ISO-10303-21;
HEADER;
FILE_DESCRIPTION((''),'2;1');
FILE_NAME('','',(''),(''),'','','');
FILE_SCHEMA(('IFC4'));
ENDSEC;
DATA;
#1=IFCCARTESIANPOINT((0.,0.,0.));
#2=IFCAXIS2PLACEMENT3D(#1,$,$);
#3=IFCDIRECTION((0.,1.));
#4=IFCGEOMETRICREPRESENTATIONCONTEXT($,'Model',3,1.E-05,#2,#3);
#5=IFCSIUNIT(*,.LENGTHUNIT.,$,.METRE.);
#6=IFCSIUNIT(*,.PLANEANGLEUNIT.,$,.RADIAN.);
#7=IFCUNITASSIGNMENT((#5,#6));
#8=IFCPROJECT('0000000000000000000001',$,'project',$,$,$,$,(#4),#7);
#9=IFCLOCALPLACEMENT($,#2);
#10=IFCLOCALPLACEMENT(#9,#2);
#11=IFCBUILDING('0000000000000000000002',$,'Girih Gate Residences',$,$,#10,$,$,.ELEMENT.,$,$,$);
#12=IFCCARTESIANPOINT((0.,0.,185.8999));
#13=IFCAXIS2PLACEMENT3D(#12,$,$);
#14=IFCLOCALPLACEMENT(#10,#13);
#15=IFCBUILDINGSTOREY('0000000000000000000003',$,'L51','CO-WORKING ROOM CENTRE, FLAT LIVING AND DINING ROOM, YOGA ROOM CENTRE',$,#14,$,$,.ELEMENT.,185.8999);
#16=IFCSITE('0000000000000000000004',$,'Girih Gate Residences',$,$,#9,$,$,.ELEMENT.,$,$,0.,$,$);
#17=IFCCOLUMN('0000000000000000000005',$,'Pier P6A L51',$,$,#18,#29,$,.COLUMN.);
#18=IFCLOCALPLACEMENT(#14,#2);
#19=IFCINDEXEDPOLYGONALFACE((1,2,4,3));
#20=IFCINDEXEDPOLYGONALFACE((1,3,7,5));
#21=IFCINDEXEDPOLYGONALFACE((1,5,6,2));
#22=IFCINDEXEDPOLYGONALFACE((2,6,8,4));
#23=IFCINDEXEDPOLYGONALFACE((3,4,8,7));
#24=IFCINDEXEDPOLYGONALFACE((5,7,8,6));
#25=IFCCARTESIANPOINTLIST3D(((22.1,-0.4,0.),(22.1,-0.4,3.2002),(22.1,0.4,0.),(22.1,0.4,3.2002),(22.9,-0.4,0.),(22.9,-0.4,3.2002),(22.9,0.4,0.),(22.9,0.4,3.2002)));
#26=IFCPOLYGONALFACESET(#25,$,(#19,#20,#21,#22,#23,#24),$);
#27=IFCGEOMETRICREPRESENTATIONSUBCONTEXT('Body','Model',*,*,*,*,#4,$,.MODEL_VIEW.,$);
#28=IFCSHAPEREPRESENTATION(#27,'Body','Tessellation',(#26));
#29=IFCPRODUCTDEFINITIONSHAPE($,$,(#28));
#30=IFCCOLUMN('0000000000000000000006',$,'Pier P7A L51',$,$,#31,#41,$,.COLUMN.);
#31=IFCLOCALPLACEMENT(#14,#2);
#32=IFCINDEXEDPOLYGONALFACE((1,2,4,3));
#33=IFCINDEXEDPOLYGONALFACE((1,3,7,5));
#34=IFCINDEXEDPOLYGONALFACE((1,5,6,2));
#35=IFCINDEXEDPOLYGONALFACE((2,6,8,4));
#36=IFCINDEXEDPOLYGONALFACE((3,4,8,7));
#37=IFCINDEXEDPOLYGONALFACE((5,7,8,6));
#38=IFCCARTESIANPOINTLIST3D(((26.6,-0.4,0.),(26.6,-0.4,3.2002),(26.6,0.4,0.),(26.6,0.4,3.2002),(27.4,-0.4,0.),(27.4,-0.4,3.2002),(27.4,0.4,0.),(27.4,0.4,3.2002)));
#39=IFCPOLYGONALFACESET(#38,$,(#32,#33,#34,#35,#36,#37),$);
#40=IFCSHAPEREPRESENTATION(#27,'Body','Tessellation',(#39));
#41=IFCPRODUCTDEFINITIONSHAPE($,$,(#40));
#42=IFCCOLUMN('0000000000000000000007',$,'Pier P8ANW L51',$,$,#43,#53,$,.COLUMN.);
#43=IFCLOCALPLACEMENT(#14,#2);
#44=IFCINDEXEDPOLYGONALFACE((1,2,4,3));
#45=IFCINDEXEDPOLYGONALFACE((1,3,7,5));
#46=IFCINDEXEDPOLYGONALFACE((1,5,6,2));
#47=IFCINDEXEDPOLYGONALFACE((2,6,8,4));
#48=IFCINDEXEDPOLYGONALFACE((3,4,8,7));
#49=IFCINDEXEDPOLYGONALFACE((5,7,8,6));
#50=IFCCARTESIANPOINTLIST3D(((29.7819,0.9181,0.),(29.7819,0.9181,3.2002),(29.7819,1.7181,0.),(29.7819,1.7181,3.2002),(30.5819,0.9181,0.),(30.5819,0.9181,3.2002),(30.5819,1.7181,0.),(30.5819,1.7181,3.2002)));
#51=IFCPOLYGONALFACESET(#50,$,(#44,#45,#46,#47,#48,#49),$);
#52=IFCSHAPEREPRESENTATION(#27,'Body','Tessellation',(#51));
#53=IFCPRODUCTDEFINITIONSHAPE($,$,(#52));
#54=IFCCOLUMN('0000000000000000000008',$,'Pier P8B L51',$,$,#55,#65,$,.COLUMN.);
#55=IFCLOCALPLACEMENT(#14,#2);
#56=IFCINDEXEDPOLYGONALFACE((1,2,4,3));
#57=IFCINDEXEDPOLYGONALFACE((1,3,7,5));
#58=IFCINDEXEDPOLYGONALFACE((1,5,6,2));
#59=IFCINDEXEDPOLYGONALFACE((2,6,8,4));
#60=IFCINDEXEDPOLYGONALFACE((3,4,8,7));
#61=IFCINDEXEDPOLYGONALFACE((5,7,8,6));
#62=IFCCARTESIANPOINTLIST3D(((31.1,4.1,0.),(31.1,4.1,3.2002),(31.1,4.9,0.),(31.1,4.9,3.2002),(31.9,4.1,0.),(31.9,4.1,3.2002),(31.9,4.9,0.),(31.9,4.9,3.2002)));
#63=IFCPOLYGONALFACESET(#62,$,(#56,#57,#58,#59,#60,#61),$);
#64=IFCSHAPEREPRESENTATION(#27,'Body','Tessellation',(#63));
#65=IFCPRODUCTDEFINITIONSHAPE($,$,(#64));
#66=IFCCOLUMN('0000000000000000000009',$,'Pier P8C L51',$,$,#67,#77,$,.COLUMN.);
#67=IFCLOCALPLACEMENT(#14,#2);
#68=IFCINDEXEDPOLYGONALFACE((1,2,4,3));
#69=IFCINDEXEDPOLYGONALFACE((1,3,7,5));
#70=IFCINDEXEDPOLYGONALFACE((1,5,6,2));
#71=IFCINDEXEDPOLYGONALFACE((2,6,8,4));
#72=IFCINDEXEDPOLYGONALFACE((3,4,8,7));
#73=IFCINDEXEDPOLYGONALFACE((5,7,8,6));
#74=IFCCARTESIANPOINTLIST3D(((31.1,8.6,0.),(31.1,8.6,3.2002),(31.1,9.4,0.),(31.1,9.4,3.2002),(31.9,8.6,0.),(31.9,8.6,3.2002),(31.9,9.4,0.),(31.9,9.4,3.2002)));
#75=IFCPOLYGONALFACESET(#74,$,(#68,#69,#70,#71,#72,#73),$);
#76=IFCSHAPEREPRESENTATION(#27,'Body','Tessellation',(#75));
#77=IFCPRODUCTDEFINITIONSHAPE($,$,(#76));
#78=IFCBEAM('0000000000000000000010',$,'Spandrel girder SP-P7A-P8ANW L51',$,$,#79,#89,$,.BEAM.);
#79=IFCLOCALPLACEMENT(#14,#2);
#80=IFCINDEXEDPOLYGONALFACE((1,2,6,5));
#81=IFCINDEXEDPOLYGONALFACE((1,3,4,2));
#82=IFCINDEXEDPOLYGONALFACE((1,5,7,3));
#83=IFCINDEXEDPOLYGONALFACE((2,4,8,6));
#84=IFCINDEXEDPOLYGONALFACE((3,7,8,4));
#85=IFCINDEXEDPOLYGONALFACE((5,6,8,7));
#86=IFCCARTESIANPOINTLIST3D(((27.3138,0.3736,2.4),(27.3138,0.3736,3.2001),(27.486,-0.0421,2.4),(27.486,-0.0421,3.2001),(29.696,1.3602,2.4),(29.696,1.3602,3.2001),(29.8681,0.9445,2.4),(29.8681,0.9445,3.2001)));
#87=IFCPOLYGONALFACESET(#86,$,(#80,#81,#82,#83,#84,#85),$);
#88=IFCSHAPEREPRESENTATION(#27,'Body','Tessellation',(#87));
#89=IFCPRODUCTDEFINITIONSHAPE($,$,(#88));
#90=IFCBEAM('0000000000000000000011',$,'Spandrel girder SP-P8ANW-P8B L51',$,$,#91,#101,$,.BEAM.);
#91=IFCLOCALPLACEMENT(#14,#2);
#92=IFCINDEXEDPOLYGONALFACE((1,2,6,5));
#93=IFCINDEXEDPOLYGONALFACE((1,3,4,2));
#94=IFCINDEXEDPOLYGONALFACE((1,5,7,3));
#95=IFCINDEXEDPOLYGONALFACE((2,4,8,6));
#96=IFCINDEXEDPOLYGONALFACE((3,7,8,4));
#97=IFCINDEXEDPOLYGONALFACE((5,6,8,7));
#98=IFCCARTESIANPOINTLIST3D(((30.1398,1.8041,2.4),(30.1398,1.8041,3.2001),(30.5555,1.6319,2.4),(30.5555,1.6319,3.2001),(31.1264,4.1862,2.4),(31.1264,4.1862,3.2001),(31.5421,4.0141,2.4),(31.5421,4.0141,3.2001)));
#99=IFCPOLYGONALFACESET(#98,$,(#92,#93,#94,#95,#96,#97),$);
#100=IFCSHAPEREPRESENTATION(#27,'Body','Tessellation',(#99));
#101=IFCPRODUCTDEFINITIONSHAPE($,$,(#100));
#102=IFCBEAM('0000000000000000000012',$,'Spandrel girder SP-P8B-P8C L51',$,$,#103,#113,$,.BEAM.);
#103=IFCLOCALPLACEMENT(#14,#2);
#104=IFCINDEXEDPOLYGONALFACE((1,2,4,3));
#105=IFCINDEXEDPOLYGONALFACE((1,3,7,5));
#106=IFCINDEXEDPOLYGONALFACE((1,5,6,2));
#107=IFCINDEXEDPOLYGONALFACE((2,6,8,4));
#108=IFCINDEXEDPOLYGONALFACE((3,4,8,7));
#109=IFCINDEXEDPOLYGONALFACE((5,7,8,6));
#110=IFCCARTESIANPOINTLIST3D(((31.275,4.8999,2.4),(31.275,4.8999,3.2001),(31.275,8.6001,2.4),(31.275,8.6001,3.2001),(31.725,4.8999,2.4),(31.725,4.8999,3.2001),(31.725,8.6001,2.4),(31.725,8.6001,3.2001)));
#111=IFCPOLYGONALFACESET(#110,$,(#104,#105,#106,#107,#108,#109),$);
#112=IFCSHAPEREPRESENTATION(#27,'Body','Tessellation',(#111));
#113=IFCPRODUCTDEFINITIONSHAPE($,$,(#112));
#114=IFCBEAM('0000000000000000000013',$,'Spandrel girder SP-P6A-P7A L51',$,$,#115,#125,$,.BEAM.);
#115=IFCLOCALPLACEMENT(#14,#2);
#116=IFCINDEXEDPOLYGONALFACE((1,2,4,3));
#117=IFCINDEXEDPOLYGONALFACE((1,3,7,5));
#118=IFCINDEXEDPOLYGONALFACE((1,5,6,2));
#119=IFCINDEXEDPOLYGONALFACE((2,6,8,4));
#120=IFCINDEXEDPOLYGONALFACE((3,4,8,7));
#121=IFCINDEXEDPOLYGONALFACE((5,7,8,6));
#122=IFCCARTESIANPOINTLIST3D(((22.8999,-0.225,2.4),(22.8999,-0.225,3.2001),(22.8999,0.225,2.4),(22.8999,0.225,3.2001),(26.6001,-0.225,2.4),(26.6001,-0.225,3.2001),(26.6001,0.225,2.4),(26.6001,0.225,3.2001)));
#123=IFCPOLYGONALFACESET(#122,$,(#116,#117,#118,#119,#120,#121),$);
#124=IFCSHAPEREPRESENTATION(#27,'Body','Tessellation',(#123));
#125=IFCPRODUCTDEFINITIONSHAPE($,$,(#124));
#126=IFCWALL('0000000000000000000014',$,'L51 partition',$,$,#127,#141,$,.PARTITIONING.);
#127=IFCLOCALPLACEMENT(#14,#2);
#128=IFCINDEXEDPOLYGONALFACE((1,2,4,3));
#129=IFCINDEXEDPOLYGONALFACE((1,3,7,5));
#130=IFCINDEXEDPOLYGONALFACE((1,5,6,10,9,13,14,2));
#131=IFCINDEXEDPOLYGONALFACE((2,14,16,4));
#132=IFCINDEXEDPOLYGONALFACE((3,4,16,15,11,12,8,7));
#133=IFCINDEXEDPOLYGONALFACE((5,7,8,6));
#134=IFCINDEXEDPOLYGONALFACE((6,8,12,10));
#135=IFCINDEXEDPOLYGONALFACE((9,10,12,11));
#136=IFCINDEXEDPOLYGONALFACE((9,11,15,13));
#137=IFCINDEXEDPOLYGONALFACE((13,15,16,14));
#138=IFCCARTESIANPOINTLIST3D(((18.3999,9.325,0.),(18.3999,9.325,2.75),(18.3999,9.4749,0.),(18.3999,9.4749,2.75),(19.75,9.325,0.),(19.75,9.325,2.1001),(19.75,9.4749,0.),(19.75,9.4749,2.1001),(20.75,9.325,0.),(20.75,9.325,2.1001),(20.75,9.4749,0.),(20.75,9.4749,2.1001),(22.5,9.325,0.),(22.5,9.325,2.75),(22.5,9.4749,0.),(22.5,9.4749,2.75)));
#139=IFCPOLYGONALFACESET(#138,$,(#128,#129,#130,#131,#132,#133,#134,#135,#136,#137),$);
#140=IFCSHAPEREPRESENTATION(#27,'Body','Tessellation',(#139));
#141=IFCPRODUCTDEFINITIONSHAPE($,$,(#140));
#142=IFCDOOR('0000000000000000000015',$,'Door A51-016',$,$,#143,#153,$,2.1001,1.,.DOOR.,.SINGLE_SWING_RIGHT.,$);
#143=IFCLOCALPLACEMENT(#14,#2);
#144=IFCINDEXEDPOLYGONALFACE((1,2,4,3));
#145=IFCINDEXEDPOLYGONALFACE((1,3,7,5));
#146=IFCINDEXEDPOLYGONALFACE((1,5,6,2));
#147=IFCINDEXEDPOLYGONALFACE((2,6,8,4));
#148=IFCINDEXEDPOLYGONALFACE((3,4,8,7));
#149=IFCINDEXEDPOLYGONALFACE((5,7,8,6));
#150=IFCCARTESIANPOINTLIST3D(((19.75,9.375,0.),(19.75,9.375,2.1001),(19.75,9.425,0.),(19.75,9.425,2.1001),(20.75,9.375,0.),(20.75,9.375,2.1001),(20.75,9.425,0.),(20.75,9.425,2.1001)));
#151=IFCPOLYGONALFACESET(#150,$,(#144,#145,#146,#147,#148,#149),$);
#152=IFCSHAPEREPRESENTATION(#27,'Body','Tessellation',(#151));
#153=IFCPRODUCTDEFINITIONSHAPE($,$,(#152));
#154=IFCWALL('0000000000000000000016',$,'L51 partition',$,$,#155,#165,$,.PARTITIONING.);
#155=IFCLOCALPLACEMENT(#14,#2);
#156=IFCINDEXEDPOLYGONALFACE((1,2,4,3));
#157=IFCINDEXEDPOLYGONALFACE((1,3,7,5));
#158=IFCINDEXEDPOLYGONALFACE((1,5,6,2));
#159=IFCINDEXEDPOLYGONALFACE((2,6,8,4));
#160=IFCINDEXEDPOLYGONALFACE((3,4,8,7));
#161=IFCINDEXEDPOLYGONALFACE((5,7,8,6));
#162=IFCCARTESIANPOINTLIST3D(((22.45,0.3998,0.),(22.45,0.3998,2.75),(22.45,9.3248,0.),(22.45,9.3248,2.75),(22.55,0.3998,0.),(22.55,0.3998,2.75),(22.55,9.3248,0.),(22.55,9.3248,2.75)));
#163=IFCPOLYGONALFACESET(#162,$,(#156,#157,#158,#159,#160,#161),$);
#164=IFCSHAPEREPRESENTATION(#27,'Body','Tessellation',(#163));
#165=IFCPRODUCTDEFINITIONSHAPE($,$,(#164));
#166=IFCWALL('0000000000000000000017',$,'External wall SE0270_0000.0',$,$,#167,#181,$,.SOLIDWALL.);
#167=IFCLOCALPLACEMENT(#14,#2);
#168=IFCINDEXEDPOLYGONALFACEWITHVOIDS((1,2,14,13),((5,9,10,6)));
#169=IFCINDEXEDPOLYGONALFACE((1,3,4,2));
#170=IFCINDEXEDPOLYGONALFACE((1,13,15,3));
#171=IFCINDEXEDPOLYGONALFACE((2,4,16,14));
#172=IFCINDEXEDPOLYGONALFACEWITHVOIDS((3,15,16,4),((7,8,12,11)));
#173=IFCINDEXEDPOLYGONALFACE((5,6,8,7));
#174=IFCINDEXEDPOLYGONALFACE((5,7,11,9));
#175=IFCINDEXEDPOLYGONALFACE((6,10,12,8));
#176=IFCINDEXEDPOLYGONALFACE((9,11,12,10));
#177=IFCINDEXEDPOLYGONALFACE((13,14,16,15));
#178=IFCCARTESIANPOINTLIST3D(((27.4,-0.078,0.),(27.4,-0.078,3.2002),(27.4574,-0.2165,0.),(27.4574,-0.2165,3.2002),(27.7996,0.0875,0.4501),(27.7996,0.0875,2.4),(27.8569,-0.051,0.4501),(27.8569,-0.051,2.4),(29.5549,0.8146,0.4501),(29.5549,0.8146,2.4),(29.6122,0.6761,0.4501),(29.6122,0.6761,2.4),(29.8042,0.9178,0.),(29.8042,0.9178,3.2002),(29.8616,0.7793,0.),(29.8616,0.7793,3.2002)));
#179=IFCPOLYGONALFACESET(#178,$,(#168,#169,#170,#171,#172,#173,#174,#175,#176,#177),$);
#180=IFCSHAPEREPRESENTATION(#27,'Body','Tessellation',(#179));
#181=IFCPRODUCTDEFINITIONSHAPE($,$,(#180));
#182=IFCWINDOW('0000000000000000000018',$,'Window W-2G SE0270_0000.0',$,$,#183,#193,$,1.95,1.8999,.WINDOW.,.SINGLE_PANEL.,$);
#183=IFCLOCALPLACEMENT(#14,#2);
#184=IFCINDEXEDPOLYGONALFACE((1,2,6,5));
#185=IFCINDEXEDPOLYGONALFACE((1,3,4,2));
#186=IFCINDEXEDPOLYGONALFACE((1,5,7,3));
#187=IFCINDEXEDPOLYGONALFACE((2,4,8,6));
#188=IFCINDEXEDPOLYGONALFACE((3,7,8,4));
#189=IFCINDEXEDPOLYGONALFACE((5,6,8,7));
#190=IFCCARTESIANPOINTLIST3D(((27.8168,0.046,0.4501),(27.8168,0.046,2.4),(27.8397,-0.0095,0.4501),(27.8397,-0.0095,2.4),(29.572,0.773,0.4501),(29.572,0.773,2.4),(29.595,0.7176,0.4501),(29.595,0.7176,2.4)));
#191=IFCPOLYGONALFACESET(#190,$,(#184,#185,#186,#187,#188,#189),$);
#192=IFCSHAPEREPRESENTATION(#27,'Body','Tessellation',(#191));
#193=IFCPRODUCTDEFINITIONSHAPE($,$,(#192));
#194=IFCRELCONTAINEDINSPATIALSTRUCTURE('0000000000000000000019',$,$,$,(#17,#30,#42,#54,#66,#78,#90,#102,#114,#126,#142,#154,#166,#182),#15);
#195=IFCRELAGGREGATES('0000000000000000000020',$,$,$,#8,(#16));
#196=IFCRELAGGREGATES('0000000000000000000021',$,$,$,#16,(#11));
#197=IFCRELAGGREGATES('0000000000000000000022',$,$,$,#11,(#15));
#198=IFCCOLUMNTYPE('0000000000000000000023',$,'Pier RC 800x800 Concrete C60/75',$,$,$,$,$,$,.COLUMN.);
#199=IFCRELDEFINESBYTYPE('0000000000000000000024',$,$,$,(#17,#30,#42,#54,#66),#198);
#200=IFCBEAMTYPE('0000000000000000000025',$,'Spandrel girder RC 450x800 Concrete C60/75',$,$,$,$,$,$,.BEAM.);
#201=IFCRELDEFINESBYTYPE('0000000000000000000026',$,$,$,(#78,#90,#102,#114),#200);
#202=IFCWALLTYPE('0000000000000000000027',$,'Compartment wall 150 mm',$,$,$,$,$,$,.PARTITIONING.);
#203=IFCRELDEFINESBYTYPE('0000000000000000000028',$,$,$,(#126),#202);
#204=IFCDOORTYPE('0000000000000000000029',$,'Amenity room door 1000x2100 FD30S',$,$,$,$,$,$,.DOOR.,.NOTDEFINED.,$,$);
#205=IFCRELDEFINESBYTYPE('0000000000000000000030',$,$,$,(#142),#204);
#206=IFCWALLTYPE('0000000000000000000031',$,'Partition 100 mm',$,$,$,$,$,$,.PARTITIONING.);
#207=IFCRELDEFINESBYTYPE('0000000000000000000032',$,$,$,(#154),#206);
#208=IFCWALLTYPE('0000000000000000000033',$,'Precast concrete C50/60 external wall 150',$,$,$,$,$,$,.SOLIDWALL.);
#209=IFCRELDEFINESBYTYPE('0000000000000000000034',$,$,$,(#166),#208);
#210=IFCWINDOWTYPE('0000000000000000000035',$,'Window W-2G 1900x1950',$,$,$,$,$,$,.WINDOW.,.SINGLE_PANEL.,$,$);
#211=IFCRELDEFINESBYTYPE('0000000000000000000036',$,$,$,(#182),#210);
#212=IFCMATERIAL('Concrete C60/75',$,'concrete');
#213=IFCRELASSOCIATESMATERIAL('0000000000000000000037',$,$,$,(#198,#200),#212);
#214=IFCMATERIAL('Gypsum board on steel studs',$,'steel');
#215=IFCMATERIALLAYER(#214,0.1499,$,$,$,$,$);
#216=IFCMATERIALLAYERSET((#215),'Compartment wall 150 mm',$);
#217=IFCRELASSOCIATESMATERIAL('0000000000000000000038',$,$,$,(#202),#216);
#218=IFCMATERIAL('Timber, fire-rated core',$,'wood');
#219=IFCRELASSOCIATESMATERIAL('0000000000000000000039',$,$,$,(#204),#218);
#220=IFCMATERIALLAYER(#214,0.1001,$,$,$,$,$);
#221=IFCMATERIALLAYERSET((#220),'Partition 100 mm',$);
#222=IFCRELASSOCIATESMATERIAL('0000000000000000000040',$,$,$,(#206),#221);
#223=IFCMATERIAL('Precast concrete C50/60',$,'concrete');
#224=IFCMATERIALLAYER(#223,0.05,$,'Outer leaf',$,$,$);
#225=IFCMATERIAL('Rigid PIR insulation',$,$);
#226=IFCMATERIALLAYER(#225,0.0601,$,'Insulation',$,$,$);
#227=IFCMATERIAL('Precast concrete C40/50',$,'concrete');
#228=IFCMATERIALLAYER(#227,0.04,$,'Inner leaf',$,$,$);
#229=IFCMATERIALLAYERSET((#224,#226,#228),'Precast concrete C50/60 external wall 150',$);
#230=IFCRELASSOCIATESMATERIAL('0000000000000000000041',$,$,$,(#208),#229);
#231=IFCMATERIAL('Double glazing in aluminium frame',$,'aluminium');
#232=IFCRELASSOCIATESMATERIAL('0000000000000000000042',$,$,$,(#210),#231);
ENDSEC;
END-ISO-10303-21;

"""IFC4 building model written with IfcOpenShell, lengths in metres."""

from ifc_helpers import new_model, si_unit, direction, frame, frame_2d, origin, origin_2d, place, context, subcontext, project, spatial, rectangle, extrude, material, layer, layer_set, material_profile, profile_set, type_object, element, fill, save


model = new_model("IFC4")

# Units and contexts
model_context = context("Model", 3, precision=1e-05, world=origin(), true_north=direction((0.0, 1.0)))
body_context = subcontext(model_context, "Body", "Model", "MODEL_VIEW")
ifc_project = project(units=[si_unit("LENGTHUNIT", "METRE"), si_unit("PLANEANGLEUNIT", "RADIAN")], contexts=[model_context])

# Site, building, storey
site_placement = place(None, origin())
site = spatial("IfcSite", under=ifc_project, at=site_placement, Name="Girih Gate Residences", CompositionType="ELEMENT", RefElevation=0.0)
building_placement = place(site_placement, origin())
building = spatial("IfcBuilding", under=site, at=building_placement, Name="Girih Gate Residences", CompositionType="ELEMENT")
storey_placement = place(building_placement, frame((0.0, 0.0, 185.8999)))
storey = spatial("IfcBuildingStorey", under=building, at=storey_placement, Name="L51", Description="CO-WORKING ROOM CENTRE, FLAT LIVING AND DINING ROOM, YOGA ROOM CENTRE", CompositionType="ELEMENT", Elevation=185.8999)

# Columns
ifc_material_1 = material(Name="Concrete C60/75", Category="concrete")
ifc_material_profile_1 = material_profile(ifc_material_1, rectangle(XDim=0.8, YDim=0.8, at=origin_2d()))
ifc_profile_set_1 = profile_set([ifc_material_profile_1], Name="Concrete C60/75")
column_type = type_object("IfcColumnType", Name="Pier RC 800x800 Concrete C60/75", PredefinedType="COLUMN", material=ifc_profile_set_1)
for number, where, z_axis, x_axis, name in (
    (1, (22.5, 0.0, 0.0), (0.0, 0.0, 1.0), (1.0, 0.0, 0.0), "Pier P6A L51"),
    (2, (27.0, 0.0, 0.0), (0.0, 0.0, 1.0), (1.0, 0.0, 0.0), "Pier P7A L51"),
    (3, (30.1819, 1.3181, 0.0), (0.0, 0.0, 1.0), (1.0, 0.0, 0.0), "Pier P8ANW L51"),
    (4, (31.5, 4.5, 0.0), (0.0, 0.0, 1.0), (1.0, 0.0, 0.0), "Pier P8B L51"),
    (5, (31.5, 9.0, 0.0), (0.0, 0.0, 1.0), (1.0, 0.0, 0.0), "Pier P8C L51"),
):
    element("IfcColumn", number, at=place(storey_placement, frame(where, z_axis=z_axis, x_axis=x_axis)), inside=storey, type_object=column_type, Name=name, PredefinedType="COLUMN", context=body_context, shape_type="SweptSolid", body=[
        extrude(rectangle(XDim=0.8, YDim=0.8, at=origin_2d()), origin(), (0.0, 0.0, 1.0), 3.2002),
    ])

# Beams
ifc_material_profile_2 = material_profile(ifc_material_1, rectangle(XDim=0.45, YDim=0.8, at=origin_2d()))
ifc_profile_set_2 = profile_set([ifc_material_profile_2], Name="Concrete C60/75")
beam_type = type_object("IfcBeamType", Name="Spandrel girder RC 450x800 Concrete C60/75", PredefinedType="BEAM", material=ifc_profile_set_2)
for number, where, z_axis, x_axis, name in (
    (6, (27.3999, 0.1658, 2.8), (0.923896, 0.382644, 0.0), (-0.382644, 0.923896, 0.0), "Spandrel girder SP-P7A-P8ANW L51"),
    (7, (30.3477, 1.718, 2.8), (0.382644, 0.923896, 0.0), (-0.923896, 0.382644, 0.0), "Spandrel girder SP-P8ANW-P8B L51"),
):
    element("IfcBeam", number, at=place(storey_placement, frame(where, z_axis=z_axis, x_axis=x_axis)), inside=storey, type_object=beam_type, Name=name, PredefinedType="BEAM", context=body_context, shape_type="SweptSolid", body=[
        extrude(rectangle(XDim=0.45, YDim=0.8, at=origin_2d()), origin(), (0.0, 0.0, 1.0), 2.5784),
    ])
for number, where, z_axis, x_axis, name in (
    (8, (31.5, 4.8999, 2.8), (0.0, 1.0, 0.0), (-1.0, 0.0, 0.0), "Spandrel girder SP-P8B-P8C L51"),
    (9, (22.8999, 0.0, 2.8), (1.0, 0.0, 0.0), (0.0, 1.0, 0.0), "Spandrel girder SP-P6A-P7A L51"),
):
    element("IfcBeam", number, at=place(storey_placement, frame(where, z_axis=z_axis, x_axis=x_axis)), inside=storey, type_object=beam_type, Name=name, PredefinedType="BEAM", context=body_context, shape_type="SweptSolid", body=[
        extrude(rectangle(XDim=0.45, YDim=0.8, at=origin_2d()), origin(), (0.0, 0.0, 1.0), 3.7002),
    ])

# Wall, opening, door
ifc_material_2 = material(Name="Gypsum board on steel studs", Category="steel")
ifc_layer_1 = layer(ifc_material_2, 0.1499)
ifc_layer_set_1 = layer_set([ifc_layer_1], Name="Compartment wall 150 mm")
wall_type_1 = type_object("IfcWallType", Name="Compartment wall 150 mm", PredefinedType="PARTITIONING", material=ifc_layer_set_1)
wall_1_placement = place(storey_placement, frame((22.5, 9.3999, 0.0), z_axis=(0.0, 0.0, 1.0), x_axis=(-1.0, 0.0, 0.0)))
wall_1 = element("IfcWall", 10, at=wall_1_placement, inside=storey, type_object=wall_type_1, Name="L51 partition", PredefinedType="PARTITIONING", context=body_context, shape_type="SweptSolid", body=[
    extrude(rectangle(XDim=4.1001, YDim=0.1499, at=frame_2d((2.05, 0.0))), origin(), (0.0, 0.0, 1.0), 2.75),
])
opening_1_placement = place(wall_1_placement, frame((1.75, 0.0, 0.0)))
opening_1 = element("IfcOpeningElement", 11, at=opening_1_placement, cuts=wall_1, PredefinedType="OPENING", context=body_context, shape_type="SweptSolid", body=[
    extrude(rectangle(XDim=1.0, YDim=2.1001, at=frame_2d((0.5, 1.05))), frame((0.0, 0.085, 0.0), z_axis=(0.0, -1.0, 0.0), x_axis=(1.0, 0.0, 0.0)), (0.0, 0.0, 1.0), 0.1699),
])
ifc_material_3 = material(Name="Timber, fire-rated core", Category="wood")
door_type = type_object("IfcDoorType", Name="Amenity room door 1000x2100 FD30S", OperationType="NOTDEFINED", PredefinedType="DOOR", material=ifc_material_3)
door_placement = place(opening_1_placement, origin())
door = element("IfcDoor", 12, at=door_placement, inside=storey, type_object=door_type, Name="Door A51-016", OperationType="SINGLE_SWING_RIGHT", OverallHeight=2.1001, OverallWidth=1.0, PredefinedType="DOOR", context=body_context, shape_type="SweptSolid", body=[
    extrude(rectangle(XDim=1.0, YDim=2.1001, at=frame_2d((0.5, 1.05))), frame((0.0, 0.0249, 0.0), z_axis=(0.0, -1.0, 0.0), x_axis=(1.0, 0.0, 0.0)), (0.0, 0.0, 1.0), 0.05),
])
fill(opening_1, door)

# Wall
ifc_layer_2 = layer(ifc_material_2, 0.1001)
ifc_layer_set_2 = layer_set([ifc_layer_2], Name="Partition 100 mm")
wall_type_2 = type_object("IfcWallType", Name="Partition 100 mm", PredefinedType="PARTITIONING", material=ifc_layer_set_2)
wall_2_placement = place(storey_placement, frame((22.5, 0.3999, 0.0), z_axis=(0.0, 0.0, 1.0), x_axis=(0.0, 1.0, 0.0)))
element("IfcWall", 13, at=wall_2_placement, inside=storey, type_object=wall_type_2, Name="L51 partition", PredefinedType="PARTITIONING", context=body_context, shape_type="SweptSolid", body=[
    extrude(rectangle(XDim=8.925, YDim=0.1001, at=frame_2d((4.4624, 0.0))), origin(), (0.0, 0.0, 1.0), 2.75),
])

# Wall, opening, window
ifc_material_4 = material(Name="Precast concrete C50/60", Category="concrete")
ifc_layer_3 = layer(ifc_material_4, 0.05, Name="Outer leaf")
ifc_material_5 = material(Name="Rigid PIR insulation")
ifc_layer_4 = layer(ifc_material_5, 0.0601, Name="Insulation")
ifc_material_6 = material(Name="Precast concrete C40/50", Category="concrete")
ifc_layer_5 = layer(ifc_material_6, 0.04, Name="Inner leaf")
ifc_layer_set_3 = layer_set([ifc_layer_3, ifc_layer_4, ifc_layer_5], Name="Precast concrete C50/60 external wall 150")
wall_type_3 = type_object("IfcWallType", Name="Precast concrete C50/60 external wall 150", PredefinedType="SOLIDWALL", material=ifc_layer_set_3)
wall_3_placement = place(storey_placement, frame((29.833, 0.8486, 0.0), z_axis=(0.0, 0.0, 1.0), x_axis=(-0.923885, -0.382669, 0.0)))
wall_3 = element("IfcWall", 14, at=wall_3_placement, inside=storey, type_object=wall_type_3, Name="External wall SE0270_0000.0", PredefinedType="SOLIDWALL", context=body_context, shape_type="SweptSolid", body=[
    extrude(rectangle(XDim=2.6023, YDim=0.1499, at=frame_2d((1.3013, 0.0))), origin(), (0.0, 0.0, 1.0), 3.2002),
])
opening_2_placement = place(wall_3_placement, frame((0.27, 0.0, 0.45)))
opening_2 = element("IfcOpeningElement", 15, at=opening_2_placement, cuts=wall_3, PredefinedType="OPENING", context=body_context, shape_type="SweptSolid", body=[
    extrude(rectangle(XDim=1.8999, YDim=1.95, at=frame_2d((0.95, 0.9751))), frame((0.0, 0.085, 0.0), z_axis=(0.0, -1.0, 0.0), x_axis=(1.0, 0.0, 0.0)), (0.0, 0.0, 1.0), 0.1699),
])
ifc_material_7 = material(Name="Double glazing in aluminium frame", Category="aluminium")
window_type_1 = type_object("IfcWindowType", Name="Window W-2G 1900x1950", PartitioningType="SINGLE_PANEL", PredefinedType="WINDOW", material=ifc_material_7)
window_1_placement = place(opening_2_placement, origin())
window_1 = element("IfcWindow", 16, at=window_1_placement, inside=storey, type_object=window_type_1, Name="Window W-2G SE0270_0000.0", OverallHeight=1.95, OverallWidth=1.8999, PartitioningType="SINGLE_PANEL", PredefinedType="WINDOW", context=body_context, shape_type="SweptSolid", body=[
    extrude(rectangle(XDim=1.8999, YDim=1.95, at=frame_2d((0.95, 0.9751))), frame((0.0, 0.03, 0.0), z_axis=(0.0, -1.0, 0.0), x_axis=(1.0, 0.0, 0.0)), (0.0, 0.0, 1.0), 0.0601),
])
fill(opening_2, window_1)

save(model, "model.ifc")
